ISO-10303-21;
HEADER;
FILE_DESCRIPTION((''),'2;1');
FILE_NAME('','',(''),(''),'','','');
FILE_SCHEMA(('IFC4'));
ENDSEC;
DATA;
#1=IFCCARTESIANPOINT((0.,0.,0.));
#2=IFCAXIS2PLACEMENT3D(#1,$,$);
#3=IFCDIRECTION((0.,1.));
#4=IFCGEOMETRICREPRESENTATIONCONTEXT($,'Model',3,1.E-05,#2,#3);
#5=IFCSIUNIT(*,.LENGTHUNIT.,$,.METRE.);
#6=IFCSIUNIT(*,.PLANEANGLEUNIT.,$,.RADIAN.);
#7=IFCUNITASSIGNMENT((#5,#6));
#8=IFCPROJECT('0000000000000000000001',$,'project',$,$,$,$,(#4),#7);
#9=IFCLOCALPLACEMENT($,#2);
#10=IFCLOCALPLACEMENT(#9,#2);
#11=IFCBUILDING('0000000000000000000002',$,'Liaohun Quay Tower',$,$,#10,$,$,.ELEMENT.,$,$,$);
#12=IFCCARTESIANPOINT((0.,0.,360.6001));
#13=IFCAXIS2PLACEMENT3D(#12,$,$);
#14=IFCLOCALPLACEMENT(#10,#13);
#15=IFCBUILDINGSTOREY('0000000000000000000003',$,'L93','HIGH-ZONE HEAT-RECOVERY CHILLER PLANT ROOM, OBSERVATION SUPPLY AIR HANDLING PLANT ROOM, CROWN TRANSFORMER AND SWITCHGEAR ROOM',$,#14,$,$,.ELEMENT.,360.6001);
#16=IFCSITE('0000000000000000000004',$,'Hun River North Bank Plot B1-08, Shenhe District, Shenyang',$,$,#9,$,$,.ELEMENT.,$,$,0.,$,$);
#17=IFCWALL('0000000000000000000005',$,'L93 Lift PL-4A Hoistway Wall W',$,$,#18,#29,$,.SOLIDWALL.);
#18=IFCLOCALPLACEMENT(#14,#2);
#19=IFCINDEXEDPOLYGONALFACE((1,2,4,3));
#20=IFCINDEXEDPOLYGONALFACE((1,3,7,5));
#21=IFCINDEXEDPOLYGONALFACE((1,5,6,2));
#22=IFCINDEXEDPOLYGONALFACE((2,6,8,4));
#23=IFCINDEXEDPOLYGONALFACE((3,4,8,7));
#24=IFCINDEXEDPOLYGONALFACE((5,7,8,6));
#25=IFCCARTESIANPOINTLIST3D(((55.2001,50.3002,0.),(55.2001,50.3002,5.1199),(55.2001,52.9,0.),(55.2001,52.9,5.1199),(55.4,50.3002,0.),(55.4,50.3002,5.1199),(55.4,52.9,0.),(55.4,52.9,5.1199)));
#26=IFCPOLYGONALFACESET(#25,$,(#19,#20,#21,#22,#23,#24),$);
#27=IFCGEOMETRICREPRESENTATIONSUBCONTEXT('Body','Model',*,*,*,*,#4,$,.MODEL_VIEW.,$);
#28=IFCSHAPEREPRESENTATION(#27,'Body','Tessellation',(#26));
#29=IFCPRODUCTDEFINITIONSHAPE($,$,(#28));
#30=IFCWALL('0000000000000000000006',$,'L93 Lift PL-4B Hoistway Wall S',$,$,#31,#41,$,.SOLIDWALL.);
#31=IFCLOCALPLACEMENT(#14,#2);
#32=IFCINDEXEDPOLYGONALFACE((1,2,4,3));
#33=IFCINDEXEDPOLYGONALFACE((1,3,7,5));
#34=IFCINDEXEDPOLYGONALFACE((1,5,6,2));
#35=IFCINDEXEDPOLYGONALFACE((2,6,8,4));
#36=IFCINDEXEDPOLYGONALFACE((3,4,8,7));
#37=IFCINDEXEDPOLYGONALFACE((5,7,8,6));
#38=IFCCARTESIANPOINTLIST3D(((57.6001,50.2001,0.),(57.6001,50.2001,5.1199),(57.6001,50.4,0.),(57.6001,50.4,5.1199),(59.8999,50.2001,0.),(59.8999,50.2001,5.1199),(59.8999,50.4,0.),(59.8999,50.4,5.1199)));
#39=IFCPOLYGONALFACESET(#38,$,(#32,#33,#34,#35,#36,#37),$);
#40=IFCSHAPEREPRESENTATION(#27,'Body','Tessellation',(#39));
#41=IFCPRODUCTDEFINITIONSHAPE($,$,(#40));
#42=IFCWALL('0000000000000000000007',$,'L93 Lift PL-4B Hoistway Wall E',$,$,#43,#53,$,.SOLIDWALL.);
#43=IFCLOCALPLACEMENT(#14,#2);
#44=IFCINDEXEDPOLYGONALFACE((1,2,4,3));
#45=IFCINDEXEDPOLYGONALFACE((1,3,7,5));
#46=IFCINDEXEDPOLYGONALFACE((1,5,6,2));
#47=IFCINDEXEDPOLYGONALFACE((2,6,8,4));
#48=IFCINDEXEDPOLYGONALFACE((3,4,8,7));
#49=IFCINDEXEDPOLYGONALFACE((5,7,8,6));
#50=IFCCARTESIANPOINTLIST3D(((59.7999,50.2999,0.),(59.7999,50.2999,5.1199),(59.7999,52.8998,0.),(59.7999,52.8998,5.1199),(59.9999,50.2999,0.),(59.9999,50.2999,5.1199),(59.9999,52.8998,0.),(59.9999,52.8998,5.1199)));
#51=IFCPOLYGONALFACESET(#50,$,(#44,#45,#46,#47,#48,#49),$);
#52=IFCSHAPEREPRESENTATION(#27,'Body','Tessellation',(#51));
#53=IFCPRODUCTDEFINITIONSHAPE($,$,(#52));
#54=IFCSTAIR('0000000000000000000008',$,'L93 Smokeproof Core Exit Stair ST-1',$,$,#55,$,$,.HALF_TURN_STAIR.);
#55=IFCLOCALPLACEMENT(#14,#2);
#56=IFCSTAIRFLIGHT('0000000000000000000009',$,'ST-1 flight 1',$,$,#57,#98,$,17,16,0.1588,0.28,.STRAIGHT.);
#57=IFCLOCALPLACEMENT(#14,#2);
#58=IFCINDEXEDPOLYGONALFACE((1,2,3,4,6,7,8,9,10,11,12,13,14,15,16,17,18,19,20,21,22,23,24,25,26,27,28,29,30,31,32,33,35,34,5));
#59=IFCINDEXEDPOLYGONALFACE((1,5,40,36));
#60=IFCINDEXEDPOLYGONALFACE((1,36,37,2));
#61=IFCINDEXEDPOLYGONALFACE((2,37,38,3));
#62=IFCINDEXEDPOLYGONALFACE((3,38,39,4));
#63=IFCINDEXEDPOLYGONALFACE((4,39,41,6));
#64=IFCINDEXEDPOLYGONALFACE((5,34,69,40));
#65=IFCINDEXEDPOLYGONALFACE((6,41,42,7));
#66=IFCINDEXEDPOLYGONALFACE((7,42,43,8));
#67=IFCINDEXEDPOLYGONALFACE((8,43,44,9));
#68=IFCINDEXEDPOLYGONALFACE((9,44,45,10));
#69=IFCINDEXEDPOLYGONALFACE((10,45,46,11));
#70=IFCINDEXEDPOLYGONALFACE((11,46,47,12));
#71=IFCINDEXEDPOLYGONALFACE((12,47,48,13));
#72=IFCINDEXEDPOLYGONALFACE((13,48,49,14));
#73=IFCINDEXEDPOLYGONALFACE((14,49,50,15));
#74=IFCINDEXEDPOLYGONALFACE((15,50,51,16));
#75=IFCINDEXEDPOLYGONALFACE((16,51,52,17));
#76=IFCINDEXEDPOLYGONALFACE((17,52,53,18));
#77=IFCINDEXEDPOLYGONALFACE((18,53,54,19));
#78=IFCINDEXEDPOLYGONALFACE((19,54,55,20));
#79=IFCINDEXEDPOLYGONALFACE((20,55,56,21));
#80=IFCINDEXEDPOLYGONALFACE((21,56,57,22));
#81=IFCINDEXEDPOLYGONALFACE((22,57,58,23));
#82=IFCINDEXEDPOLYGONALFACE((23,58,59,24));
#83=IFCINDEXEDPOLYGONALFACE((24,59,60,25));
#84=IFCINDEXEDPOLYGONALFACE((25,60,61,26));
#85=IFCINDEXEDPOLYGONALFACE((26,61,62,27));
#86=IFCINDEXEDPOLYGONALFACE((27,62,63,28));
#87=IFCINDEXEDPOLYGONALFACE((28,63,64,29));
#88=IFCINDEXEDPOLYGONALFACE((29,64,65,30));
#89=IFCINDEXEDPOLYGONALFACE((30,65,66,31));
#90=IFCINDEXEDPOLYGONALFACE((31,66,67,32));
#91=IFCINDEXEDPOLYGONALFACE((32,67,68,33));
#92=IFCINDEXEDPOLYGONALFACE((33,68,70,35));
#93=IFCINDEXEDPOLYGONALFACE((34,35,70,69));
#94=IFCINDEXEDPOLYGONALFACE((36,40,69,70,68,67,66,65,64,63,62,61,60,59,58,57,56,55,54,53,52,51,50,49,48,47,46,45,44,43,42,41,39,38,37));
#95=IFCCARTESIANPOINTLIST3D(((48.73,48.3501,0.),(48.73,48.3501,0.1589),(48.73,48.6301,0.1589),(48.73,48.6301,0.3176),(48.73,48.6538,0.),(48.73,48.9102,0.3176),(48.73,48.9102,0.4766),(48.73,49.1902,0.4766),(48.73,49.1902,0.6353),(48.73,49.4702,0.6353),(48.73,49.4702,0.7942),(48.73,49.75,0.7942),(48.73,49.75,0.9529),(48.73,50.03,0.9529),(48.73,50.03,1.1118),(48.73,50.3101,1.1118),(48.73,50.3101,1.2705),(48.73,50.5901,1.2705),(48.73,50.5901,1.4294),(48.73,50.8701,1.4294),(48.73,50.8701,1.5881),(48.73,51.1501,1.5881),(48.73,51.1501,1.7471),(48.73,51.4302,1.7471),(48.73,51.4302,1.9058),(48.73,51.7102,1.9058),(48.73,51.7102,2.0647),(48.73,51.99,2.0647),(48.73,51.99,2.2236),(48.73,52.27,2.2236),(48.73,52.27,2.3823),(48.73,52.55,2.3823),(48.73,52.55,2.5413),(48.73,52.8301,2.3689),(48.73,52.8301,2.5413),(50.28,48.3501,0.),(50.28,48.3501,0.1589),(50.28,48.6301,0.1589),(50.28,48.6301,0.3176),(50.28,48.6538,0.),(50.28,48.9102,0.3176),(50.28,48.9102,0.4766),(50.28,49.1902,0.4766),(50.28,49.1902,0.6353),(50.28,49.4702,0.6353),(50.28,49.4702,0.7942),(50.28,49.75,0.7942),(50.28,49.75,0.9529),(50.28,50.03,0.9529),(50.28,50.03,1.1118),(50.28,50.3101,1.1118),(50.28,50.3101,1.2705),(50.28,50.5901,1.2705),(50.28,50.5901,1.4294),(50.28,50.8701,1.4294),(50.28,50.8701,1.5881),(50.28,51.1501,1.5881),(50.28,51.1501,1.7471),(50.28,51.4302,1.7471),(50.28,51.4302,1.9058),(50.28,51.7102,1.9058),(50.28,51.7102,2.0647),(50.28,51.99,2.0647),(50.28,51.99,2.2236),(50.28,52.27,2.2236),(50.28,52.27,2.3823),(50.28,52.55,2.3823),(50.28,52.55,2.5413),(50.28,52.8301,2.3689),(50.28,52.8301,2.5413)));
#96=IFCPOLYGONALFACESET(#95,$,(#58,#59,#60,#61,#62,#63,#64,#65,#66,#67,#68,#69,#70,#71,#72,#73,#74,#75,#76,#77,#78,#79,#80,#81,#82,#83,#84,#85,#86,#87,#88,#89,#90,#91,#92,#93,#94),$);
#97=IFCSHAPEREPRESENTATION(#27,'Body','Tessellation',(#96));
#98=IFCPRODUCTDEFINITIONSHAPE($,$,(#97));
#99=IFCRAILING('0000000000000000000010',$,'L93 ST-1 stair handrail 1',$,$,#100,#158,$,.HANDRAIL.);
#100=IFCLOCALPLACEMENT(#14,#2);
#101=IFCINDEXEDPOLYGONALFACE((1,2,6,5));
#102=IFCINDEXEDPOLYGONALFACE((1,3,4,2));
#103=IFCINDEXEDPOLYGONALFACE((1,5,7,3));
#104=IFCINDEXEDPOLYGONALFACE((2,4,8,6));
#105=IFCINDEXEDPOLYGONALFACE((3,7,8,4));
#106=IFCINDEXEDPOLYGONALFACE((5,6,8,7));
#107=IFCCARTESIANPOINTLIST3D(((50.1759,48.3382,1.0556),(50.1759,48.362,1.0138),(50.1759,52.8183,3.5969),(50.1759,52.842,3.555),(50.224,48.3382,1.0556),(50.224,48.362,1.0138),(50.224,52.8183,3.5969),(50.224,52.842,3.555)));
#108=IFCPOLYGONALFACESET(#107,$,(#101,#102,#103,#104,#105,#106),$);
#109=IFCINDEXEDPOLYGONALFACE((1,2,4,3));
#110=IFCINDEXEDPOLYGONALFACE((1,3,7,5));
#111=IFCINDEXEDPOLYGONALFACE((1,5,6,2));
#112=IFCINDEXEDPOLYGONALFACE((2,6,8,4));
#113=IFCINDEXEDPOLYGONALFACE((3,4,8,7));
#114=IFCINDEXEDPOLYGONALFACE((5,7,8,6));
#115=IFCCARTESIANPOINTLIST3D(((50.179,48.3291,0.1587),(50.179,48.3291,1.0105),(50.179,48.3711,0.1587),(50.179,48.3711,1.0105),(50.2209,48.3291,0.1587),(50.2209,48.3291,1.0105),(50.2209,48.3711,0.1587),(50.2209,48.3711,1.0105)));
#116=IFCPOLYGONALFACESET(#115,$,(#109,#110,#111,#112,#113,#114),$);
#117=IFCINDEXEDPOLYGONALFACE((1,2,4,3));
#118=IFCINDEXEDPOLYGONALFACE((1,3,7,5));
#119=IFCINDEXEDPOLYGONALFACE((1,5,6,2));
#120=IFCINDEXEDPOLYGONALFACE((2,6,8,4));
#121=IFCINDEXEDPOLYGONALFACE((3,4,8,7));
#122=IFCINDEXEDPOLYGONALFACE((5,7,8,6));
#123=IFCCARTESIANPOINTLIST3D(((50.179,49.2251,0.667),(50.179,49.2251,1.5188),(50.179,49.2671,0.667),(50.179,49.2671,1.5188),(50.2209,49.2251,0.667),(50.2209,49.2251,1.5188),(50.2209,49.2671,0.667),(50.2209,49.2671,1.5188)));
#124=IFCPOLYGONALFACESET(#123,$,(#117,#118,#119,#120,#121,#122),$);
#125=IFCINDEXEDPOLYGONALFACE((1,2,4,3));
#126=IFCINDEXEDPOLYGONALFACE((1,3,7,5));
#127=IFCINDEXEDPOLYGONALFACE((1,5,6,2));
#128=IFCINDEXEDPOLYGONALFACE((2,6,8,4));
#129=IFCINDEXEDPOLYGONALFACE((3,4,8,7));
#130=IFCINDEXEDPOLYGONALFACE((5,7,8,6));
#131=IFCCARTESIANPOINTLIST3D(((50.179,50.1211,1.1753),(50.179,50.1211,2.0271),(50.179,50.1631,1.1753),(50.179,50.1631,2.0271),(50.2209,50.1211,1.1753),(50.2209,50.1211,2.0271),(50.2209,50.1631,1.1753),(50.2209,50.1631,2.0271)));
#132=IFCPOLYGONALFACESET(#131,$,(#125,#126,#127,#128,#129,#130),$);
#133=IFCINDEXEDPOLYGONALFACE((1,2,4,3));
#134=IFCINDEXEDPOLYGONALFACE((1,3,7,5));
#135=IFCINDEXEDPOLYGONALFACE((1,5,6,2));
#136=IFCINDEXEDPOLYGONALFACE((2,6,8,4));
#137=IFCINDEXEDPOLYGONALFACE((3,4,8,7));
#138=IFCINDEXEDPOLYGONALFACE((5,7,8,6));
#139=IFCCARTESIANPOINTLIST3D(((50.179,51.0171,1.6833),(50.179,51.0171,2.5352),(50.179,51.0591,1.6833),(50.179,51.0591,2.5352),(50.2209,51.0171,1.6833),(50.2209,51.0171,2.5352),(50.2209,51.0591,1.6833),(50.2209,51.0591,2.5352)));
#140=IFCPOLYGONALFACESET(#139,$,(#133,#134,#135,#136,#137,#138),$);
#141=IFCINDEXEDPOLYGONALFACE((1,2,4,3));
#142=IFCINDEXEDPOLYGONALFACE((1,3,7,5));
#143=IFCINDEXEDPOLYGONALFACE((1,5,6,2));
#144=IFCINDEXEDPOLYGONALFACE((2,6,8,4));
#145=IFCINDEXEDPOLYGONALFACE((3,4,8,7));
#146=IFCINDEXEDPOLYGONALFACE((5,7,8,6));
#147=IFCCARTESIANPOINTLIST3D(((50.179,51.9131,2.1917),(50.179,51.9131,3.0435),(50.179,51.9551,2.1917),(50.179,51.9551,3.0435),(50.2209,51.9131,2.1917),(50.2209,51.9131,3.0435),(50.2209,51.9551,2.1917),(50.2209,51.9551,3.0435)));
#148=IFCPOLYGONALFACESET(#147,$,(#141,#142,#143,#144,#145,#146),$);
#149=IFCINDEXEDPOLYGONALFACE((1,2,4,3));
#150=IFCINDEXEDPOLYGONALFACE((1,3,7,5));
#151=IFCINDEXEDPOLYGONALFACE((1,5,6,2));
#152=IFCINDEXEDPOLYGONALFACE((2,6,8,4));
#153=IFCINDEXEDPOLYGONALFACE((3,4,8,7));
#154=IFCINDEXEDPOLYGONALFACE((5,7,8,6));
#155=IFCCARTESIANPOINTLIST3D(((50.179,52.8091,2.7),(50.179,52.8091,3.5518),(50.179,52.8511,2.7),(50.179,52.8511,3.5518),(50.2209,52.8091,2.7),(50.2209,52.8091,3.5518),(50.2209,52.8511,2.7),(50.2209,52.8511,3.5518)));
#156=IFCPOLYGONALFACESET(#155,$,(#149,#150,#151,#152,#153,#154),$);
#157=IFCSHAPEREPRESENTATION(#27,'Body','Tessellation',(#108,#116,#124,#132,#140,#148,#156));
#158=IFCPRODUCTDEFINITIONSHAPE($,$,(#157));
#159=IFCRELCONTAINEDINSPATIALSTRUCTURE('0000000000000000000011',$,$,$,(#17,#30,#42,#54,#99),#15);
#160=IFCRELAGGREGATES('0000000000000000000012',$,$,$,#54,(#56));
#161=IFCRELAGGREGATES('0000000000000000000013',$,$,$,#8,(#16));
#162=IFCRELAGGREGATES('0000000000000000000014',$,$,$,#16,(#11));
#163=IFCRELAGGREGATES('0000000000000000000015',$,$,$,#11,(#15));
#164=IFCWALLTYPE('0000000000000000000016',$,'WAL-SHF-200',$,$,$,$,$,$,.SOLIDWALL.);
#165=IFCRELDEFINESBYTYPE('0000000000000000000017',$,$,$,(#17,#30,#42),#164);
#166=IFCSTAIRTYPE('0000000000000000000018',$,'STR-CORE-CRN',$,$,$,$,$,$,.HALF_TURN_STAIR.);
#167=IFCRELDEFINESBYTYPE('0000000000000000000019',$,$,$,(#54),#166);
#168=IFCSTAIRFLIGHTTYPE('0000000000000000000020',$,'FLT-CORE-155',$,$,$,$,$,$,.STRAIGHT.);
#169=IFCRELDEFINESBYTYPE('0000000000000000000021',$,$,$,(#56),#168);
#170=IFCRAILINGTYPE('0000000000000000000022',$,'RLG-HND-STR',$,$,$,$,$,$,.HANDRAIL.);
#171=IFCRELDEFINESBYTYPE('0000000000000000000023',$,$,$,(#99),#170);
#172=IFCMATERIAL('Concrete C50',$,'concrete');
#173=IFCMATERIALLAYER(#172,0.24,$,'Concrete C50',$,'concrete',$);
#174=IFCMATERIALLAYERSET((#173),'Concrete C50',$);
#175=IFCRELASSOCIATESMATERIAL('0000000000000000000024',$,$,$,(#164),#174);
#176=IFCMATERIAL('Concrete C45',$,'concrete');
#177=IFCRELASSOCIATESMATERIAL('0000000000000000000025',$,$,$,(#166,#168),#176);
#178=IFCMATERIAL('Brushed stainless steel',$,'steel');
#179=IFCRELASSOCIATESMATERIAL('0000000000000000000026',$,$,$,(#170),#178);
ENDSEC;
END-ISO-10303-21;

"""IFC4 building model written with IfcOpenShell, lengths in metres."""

from ifc_helpers import new_model, si_unit, direction, frame, frame_2d, origin, origin_2d, place, context, subcontext, project, spatial, polyline, rectangle, outline, extrude, material, layer, layer_set, type_object, element, aggregate, save


model = new_model("IFC4")

# Units and contexts
model_context = context("Model", 3, precision=1e-05, world=origin(), true_north=direction((0.0, 1.0)))
body_context = subcontext(model_context, "Body", "Model", "MODEL_VIEW")
ifc_project = project(units=[si_unit("LENGTHUNIT", "METRE"), si_unit("PLANEANGLEUNIT", "RADIAN")], contexts=[model_context])

# Site, building, storey
site_placement = place(None, origin())
site = spatial("IfcSite", under=ifc_project, at=site_placement, Name="Hun River North Bank Plot B1-08, Shenhe District, Shenyang", CompositionType="ELEMENT", RefElevation=0.0)
building_placement = place(site_placement, origin())
building = spatial("IfcBuilding", under=site, at=building_placement, Name="Liaohun Quay Tower", CompositionType="ELEMENT")
storey_placement = place(building_placement, frame((0.0, 0.0, 360.6001)))
storey = spatial("IfcBuildingStorey", under=building, at=storey_placement, Name="L93", Description="HIGH-ZONE HEAT-RECOVERY CHILLER PLANT ROOM, OBSERVATION SUPPLY AIR HANDLING PLANT ROOM, CROWN TRANSFORMER AND SWITCHGEAR ROOM", CompositionType="ELEMENT", Elevation=360.6001)

# Shared definitions
ifc_material_1 = material(Name="Concrete C50", Category="concrete")

# Shared definitions
ifc_layer_1 = layer(ifc_material_1, 0.24, Name="Concrete C50", Category="concrete")
ifc_layer_set_1 = layer_set([ifc_layer_1], Name="Concrete C50")
wall_type_1 = type_object("IfcWallType", Name="WAL-SHF-200", PredefinedType="SOLIDWALL", material=ifc_layer_set_1)

# Walls
for number, where, z_axis, x_axis, name in (
    (1, (55.3, 52.8999, 0.0), (0.0, 0.0, 1.0), (0.0, -1.0, 0.0), "L93 Lift PL-4A Hoistway Wall W"),
):
    element("IfcWall", number, at=place(storey_placement, frame(where, z_axis=z_axis, x_axis=x_axis)), inside=storey, type_object=wall_type_1, Name=name, PredefinedType="SOLIDWALL", context=body_context, shape_type="SweptSolid", body=[
        extrude(rectangle(XDim=2.5999, YDim=0.2, at=frame_2d((1.2998, 0.0))), origin(), (0.0, 0.0, 1.0), 5.1199),
    ])
wall_1_placement = place(storey_placement, frame((57.6001, 50.3, 0.0), z_axis=(0.0, 0.0, 1.0), x_axis=(1.0, 0.0, 0.0)))
element("IfcWall", 2, at=wall_1_placement, inside=storey, type_object=wall_type_1, Name="L93 Lift PL-4B Hoistway Wall S", PredefinedType="SOLIDWALL", context=body_context, shape_type="SweptSolid", body=[
    extrude(rectangle(XDim=2.2998, YDim=0.2, at=frame_2d((1.1499, 0.0))), origin(), (0.0, 0.0, 1.0), 5.1199),
])
wall_2_placement = place(storey_placement, frame((59.8999, 50.3, 0.0), z_axis=(0.0, 0.0, 1.0), x_axis=(0.0, 1.0, 0.0)))
element("IfcWall", 3, at=wall_2_placement, inside=storey, type_object=wall_type_1, Name="L93 Lift PL-4B Hoistway Wall E", PredefinedType="SOLIDWALL", context=body_context, shape_type="SweptSolid", body=[
    extrude(rectangle(XDim=2.5999, YDim=0.2, at=frame_2d((1.2998, 0.0))), origin(), (0.0, 0.0, 1.0), 5.1199),
])

# Stair, stair flight
ifc_material_2 = material(Name="Concrete C45", Category="concrete")
stair_type = type_object("IfcStairType", Name="STR-CORE-CRN", PredefinedType="HALF_TURN_STAIR", material=ifc_material_2)
stair_placement = place(storey_placement, origin())
stair = element("IfcStair", 4, at=stair_placement, inside=storey, type_object=stair_type, Name="L93 Smokeproof Core Exit Stair ST-1", PredefinedType="HALF_TURN_STAIR")
stair_flight_type = type_object("IfcStairFlightType", Name="FLT-CORE-155", PredefinedType="STRAIGHT", material=ifc_material_2)
stair_flight_placement = place(storey_placement, frame((49.5049, 48.3501, 0.0), z_axis=(0.0, 0.0, 1.0), x_axis=(0.0, 1.0, 0.0)))
stair_flight = element("IfcStairFlight", 5, at=stair_flight_placement, type_object=stair_flight_type, Name="ST-1 flight 1", NumberOfRisers=17, NumberOfTreads=16, PredefinedType="STRAIGHT", RiserHeight=0.1588, TreadLength=0.28, context=body_context, shape_type="SweptSolid", body=[
    extrude(outline(polyline([(0.0, 0.0), (0.0, 0.1589), (0.28, 0.1589), (0.28, 0.3176), (0.5601, 0.3176), (0.5601, 0.4766), (0.8401, 0.4766), (0.8401, 0.6353), (1.1201, 0.6353), (1.1201, 0.7942), (1.3999, 0.7942), (1.3999, 0.9529), (1.6799, 0.9529), (1.6799, 1.1118), (1.96, 1.1118), (1.96, 1.2705), (2.24, 1.2705), (2.24, 1.4294), (2.52, 1.4294), (2.52, 1.5881), (2.8, 1.5881), (2.8, 1.7471), (3.0801, 1.7471), (3.0801, 1.9058), (3.3601, 1.9058), (3.3601, 2.0647), (3.6399, 2.0647), (3.6399, 2.2236), (3.9199, 2.2236), (3.9199, 2.3823), (4.2, 2.3823), (4.2, 2.5413), (4.48, 2.5413), (4.48, 2.7), (4.48, 2.3689), (0.3037, 0.0), (0.0, 0.0)])), frame((0.0, 0.7749, 0.0), z_axis=(0.0, -1.0, 0.0), x_axis=(1.0, 0.0, 0.0)), (0.0, 0.0, 1.0), 1.55),
])
aggregate(stair, [stair_flight])

# Railing
ifc_material_3 = material(Name="Brushed stainless steel", Category="steel")
railing_type = type_object("IfcRailingType", Name="RLG-HND-STR", PredefinedType="HANDRAIL", material=ifc_material_3)
railing_placement = place(storey_placement, frame((50.2, 48.3501, 0.1587)))
element("IfcRailing", 6, at=railing_placement, inside=storey, type_object=railing_type, Name="L93 ST-1 stair handrail 1", PredefinedType="HANDRAIL", context=body_context, shape_type="SweptSolid", body=[
    extrude(rectangle(XDim=0.0481, YDim=0.0481, at=origin_2d()), frame((0.0, 0.0, 0.876), z_axis=(0.0, 0.869805, 0.493395), x_axis=(-1.0, 0.0, 0.0)), (0.0, 0.0, 1.0), 5.1506),
    extrude(rectangle(XDim=0.042, YDim=0.042, at=origin_2d()), origin(), (0.0, 0.0, 1.0), 0.8518),
    extrude(rectangle(XDim=0.042, YDim=0.042, at=origin_2d()), frame((0.0, 0.896, 0.5083)), (0.0, 0.0, 1.0), 0.8518),
    extrude(rectangle(XDim=0.042, YDim=0.042, at=origin_2d()), frame((0.0, 1.792, 1.0166)), (0.0, 0.0, 1.0), 0.8518),
    extrude(rectangle(XDim=0.042, YDim=0.042, at=origin_2d()), frame((0.0, 2.688, 1.5247)), (0.0, 0.0, 1.0), 0.8518),
    extrude(rectangle(XDim=0.042, YDim=0.042, at=origin_2d()), frame((0.0, 3.584, 2.033)), (0.0, 0.0, 1.0), 0.8518),
    extrude(rectangle(XDim=0.042, YDim=0.042, at=origin_2d()), frame((0.0, 4.48, 2.5413)), (0.0, 0.0, 1.0), 0.8518),
])

save(model, "model.ifc")
